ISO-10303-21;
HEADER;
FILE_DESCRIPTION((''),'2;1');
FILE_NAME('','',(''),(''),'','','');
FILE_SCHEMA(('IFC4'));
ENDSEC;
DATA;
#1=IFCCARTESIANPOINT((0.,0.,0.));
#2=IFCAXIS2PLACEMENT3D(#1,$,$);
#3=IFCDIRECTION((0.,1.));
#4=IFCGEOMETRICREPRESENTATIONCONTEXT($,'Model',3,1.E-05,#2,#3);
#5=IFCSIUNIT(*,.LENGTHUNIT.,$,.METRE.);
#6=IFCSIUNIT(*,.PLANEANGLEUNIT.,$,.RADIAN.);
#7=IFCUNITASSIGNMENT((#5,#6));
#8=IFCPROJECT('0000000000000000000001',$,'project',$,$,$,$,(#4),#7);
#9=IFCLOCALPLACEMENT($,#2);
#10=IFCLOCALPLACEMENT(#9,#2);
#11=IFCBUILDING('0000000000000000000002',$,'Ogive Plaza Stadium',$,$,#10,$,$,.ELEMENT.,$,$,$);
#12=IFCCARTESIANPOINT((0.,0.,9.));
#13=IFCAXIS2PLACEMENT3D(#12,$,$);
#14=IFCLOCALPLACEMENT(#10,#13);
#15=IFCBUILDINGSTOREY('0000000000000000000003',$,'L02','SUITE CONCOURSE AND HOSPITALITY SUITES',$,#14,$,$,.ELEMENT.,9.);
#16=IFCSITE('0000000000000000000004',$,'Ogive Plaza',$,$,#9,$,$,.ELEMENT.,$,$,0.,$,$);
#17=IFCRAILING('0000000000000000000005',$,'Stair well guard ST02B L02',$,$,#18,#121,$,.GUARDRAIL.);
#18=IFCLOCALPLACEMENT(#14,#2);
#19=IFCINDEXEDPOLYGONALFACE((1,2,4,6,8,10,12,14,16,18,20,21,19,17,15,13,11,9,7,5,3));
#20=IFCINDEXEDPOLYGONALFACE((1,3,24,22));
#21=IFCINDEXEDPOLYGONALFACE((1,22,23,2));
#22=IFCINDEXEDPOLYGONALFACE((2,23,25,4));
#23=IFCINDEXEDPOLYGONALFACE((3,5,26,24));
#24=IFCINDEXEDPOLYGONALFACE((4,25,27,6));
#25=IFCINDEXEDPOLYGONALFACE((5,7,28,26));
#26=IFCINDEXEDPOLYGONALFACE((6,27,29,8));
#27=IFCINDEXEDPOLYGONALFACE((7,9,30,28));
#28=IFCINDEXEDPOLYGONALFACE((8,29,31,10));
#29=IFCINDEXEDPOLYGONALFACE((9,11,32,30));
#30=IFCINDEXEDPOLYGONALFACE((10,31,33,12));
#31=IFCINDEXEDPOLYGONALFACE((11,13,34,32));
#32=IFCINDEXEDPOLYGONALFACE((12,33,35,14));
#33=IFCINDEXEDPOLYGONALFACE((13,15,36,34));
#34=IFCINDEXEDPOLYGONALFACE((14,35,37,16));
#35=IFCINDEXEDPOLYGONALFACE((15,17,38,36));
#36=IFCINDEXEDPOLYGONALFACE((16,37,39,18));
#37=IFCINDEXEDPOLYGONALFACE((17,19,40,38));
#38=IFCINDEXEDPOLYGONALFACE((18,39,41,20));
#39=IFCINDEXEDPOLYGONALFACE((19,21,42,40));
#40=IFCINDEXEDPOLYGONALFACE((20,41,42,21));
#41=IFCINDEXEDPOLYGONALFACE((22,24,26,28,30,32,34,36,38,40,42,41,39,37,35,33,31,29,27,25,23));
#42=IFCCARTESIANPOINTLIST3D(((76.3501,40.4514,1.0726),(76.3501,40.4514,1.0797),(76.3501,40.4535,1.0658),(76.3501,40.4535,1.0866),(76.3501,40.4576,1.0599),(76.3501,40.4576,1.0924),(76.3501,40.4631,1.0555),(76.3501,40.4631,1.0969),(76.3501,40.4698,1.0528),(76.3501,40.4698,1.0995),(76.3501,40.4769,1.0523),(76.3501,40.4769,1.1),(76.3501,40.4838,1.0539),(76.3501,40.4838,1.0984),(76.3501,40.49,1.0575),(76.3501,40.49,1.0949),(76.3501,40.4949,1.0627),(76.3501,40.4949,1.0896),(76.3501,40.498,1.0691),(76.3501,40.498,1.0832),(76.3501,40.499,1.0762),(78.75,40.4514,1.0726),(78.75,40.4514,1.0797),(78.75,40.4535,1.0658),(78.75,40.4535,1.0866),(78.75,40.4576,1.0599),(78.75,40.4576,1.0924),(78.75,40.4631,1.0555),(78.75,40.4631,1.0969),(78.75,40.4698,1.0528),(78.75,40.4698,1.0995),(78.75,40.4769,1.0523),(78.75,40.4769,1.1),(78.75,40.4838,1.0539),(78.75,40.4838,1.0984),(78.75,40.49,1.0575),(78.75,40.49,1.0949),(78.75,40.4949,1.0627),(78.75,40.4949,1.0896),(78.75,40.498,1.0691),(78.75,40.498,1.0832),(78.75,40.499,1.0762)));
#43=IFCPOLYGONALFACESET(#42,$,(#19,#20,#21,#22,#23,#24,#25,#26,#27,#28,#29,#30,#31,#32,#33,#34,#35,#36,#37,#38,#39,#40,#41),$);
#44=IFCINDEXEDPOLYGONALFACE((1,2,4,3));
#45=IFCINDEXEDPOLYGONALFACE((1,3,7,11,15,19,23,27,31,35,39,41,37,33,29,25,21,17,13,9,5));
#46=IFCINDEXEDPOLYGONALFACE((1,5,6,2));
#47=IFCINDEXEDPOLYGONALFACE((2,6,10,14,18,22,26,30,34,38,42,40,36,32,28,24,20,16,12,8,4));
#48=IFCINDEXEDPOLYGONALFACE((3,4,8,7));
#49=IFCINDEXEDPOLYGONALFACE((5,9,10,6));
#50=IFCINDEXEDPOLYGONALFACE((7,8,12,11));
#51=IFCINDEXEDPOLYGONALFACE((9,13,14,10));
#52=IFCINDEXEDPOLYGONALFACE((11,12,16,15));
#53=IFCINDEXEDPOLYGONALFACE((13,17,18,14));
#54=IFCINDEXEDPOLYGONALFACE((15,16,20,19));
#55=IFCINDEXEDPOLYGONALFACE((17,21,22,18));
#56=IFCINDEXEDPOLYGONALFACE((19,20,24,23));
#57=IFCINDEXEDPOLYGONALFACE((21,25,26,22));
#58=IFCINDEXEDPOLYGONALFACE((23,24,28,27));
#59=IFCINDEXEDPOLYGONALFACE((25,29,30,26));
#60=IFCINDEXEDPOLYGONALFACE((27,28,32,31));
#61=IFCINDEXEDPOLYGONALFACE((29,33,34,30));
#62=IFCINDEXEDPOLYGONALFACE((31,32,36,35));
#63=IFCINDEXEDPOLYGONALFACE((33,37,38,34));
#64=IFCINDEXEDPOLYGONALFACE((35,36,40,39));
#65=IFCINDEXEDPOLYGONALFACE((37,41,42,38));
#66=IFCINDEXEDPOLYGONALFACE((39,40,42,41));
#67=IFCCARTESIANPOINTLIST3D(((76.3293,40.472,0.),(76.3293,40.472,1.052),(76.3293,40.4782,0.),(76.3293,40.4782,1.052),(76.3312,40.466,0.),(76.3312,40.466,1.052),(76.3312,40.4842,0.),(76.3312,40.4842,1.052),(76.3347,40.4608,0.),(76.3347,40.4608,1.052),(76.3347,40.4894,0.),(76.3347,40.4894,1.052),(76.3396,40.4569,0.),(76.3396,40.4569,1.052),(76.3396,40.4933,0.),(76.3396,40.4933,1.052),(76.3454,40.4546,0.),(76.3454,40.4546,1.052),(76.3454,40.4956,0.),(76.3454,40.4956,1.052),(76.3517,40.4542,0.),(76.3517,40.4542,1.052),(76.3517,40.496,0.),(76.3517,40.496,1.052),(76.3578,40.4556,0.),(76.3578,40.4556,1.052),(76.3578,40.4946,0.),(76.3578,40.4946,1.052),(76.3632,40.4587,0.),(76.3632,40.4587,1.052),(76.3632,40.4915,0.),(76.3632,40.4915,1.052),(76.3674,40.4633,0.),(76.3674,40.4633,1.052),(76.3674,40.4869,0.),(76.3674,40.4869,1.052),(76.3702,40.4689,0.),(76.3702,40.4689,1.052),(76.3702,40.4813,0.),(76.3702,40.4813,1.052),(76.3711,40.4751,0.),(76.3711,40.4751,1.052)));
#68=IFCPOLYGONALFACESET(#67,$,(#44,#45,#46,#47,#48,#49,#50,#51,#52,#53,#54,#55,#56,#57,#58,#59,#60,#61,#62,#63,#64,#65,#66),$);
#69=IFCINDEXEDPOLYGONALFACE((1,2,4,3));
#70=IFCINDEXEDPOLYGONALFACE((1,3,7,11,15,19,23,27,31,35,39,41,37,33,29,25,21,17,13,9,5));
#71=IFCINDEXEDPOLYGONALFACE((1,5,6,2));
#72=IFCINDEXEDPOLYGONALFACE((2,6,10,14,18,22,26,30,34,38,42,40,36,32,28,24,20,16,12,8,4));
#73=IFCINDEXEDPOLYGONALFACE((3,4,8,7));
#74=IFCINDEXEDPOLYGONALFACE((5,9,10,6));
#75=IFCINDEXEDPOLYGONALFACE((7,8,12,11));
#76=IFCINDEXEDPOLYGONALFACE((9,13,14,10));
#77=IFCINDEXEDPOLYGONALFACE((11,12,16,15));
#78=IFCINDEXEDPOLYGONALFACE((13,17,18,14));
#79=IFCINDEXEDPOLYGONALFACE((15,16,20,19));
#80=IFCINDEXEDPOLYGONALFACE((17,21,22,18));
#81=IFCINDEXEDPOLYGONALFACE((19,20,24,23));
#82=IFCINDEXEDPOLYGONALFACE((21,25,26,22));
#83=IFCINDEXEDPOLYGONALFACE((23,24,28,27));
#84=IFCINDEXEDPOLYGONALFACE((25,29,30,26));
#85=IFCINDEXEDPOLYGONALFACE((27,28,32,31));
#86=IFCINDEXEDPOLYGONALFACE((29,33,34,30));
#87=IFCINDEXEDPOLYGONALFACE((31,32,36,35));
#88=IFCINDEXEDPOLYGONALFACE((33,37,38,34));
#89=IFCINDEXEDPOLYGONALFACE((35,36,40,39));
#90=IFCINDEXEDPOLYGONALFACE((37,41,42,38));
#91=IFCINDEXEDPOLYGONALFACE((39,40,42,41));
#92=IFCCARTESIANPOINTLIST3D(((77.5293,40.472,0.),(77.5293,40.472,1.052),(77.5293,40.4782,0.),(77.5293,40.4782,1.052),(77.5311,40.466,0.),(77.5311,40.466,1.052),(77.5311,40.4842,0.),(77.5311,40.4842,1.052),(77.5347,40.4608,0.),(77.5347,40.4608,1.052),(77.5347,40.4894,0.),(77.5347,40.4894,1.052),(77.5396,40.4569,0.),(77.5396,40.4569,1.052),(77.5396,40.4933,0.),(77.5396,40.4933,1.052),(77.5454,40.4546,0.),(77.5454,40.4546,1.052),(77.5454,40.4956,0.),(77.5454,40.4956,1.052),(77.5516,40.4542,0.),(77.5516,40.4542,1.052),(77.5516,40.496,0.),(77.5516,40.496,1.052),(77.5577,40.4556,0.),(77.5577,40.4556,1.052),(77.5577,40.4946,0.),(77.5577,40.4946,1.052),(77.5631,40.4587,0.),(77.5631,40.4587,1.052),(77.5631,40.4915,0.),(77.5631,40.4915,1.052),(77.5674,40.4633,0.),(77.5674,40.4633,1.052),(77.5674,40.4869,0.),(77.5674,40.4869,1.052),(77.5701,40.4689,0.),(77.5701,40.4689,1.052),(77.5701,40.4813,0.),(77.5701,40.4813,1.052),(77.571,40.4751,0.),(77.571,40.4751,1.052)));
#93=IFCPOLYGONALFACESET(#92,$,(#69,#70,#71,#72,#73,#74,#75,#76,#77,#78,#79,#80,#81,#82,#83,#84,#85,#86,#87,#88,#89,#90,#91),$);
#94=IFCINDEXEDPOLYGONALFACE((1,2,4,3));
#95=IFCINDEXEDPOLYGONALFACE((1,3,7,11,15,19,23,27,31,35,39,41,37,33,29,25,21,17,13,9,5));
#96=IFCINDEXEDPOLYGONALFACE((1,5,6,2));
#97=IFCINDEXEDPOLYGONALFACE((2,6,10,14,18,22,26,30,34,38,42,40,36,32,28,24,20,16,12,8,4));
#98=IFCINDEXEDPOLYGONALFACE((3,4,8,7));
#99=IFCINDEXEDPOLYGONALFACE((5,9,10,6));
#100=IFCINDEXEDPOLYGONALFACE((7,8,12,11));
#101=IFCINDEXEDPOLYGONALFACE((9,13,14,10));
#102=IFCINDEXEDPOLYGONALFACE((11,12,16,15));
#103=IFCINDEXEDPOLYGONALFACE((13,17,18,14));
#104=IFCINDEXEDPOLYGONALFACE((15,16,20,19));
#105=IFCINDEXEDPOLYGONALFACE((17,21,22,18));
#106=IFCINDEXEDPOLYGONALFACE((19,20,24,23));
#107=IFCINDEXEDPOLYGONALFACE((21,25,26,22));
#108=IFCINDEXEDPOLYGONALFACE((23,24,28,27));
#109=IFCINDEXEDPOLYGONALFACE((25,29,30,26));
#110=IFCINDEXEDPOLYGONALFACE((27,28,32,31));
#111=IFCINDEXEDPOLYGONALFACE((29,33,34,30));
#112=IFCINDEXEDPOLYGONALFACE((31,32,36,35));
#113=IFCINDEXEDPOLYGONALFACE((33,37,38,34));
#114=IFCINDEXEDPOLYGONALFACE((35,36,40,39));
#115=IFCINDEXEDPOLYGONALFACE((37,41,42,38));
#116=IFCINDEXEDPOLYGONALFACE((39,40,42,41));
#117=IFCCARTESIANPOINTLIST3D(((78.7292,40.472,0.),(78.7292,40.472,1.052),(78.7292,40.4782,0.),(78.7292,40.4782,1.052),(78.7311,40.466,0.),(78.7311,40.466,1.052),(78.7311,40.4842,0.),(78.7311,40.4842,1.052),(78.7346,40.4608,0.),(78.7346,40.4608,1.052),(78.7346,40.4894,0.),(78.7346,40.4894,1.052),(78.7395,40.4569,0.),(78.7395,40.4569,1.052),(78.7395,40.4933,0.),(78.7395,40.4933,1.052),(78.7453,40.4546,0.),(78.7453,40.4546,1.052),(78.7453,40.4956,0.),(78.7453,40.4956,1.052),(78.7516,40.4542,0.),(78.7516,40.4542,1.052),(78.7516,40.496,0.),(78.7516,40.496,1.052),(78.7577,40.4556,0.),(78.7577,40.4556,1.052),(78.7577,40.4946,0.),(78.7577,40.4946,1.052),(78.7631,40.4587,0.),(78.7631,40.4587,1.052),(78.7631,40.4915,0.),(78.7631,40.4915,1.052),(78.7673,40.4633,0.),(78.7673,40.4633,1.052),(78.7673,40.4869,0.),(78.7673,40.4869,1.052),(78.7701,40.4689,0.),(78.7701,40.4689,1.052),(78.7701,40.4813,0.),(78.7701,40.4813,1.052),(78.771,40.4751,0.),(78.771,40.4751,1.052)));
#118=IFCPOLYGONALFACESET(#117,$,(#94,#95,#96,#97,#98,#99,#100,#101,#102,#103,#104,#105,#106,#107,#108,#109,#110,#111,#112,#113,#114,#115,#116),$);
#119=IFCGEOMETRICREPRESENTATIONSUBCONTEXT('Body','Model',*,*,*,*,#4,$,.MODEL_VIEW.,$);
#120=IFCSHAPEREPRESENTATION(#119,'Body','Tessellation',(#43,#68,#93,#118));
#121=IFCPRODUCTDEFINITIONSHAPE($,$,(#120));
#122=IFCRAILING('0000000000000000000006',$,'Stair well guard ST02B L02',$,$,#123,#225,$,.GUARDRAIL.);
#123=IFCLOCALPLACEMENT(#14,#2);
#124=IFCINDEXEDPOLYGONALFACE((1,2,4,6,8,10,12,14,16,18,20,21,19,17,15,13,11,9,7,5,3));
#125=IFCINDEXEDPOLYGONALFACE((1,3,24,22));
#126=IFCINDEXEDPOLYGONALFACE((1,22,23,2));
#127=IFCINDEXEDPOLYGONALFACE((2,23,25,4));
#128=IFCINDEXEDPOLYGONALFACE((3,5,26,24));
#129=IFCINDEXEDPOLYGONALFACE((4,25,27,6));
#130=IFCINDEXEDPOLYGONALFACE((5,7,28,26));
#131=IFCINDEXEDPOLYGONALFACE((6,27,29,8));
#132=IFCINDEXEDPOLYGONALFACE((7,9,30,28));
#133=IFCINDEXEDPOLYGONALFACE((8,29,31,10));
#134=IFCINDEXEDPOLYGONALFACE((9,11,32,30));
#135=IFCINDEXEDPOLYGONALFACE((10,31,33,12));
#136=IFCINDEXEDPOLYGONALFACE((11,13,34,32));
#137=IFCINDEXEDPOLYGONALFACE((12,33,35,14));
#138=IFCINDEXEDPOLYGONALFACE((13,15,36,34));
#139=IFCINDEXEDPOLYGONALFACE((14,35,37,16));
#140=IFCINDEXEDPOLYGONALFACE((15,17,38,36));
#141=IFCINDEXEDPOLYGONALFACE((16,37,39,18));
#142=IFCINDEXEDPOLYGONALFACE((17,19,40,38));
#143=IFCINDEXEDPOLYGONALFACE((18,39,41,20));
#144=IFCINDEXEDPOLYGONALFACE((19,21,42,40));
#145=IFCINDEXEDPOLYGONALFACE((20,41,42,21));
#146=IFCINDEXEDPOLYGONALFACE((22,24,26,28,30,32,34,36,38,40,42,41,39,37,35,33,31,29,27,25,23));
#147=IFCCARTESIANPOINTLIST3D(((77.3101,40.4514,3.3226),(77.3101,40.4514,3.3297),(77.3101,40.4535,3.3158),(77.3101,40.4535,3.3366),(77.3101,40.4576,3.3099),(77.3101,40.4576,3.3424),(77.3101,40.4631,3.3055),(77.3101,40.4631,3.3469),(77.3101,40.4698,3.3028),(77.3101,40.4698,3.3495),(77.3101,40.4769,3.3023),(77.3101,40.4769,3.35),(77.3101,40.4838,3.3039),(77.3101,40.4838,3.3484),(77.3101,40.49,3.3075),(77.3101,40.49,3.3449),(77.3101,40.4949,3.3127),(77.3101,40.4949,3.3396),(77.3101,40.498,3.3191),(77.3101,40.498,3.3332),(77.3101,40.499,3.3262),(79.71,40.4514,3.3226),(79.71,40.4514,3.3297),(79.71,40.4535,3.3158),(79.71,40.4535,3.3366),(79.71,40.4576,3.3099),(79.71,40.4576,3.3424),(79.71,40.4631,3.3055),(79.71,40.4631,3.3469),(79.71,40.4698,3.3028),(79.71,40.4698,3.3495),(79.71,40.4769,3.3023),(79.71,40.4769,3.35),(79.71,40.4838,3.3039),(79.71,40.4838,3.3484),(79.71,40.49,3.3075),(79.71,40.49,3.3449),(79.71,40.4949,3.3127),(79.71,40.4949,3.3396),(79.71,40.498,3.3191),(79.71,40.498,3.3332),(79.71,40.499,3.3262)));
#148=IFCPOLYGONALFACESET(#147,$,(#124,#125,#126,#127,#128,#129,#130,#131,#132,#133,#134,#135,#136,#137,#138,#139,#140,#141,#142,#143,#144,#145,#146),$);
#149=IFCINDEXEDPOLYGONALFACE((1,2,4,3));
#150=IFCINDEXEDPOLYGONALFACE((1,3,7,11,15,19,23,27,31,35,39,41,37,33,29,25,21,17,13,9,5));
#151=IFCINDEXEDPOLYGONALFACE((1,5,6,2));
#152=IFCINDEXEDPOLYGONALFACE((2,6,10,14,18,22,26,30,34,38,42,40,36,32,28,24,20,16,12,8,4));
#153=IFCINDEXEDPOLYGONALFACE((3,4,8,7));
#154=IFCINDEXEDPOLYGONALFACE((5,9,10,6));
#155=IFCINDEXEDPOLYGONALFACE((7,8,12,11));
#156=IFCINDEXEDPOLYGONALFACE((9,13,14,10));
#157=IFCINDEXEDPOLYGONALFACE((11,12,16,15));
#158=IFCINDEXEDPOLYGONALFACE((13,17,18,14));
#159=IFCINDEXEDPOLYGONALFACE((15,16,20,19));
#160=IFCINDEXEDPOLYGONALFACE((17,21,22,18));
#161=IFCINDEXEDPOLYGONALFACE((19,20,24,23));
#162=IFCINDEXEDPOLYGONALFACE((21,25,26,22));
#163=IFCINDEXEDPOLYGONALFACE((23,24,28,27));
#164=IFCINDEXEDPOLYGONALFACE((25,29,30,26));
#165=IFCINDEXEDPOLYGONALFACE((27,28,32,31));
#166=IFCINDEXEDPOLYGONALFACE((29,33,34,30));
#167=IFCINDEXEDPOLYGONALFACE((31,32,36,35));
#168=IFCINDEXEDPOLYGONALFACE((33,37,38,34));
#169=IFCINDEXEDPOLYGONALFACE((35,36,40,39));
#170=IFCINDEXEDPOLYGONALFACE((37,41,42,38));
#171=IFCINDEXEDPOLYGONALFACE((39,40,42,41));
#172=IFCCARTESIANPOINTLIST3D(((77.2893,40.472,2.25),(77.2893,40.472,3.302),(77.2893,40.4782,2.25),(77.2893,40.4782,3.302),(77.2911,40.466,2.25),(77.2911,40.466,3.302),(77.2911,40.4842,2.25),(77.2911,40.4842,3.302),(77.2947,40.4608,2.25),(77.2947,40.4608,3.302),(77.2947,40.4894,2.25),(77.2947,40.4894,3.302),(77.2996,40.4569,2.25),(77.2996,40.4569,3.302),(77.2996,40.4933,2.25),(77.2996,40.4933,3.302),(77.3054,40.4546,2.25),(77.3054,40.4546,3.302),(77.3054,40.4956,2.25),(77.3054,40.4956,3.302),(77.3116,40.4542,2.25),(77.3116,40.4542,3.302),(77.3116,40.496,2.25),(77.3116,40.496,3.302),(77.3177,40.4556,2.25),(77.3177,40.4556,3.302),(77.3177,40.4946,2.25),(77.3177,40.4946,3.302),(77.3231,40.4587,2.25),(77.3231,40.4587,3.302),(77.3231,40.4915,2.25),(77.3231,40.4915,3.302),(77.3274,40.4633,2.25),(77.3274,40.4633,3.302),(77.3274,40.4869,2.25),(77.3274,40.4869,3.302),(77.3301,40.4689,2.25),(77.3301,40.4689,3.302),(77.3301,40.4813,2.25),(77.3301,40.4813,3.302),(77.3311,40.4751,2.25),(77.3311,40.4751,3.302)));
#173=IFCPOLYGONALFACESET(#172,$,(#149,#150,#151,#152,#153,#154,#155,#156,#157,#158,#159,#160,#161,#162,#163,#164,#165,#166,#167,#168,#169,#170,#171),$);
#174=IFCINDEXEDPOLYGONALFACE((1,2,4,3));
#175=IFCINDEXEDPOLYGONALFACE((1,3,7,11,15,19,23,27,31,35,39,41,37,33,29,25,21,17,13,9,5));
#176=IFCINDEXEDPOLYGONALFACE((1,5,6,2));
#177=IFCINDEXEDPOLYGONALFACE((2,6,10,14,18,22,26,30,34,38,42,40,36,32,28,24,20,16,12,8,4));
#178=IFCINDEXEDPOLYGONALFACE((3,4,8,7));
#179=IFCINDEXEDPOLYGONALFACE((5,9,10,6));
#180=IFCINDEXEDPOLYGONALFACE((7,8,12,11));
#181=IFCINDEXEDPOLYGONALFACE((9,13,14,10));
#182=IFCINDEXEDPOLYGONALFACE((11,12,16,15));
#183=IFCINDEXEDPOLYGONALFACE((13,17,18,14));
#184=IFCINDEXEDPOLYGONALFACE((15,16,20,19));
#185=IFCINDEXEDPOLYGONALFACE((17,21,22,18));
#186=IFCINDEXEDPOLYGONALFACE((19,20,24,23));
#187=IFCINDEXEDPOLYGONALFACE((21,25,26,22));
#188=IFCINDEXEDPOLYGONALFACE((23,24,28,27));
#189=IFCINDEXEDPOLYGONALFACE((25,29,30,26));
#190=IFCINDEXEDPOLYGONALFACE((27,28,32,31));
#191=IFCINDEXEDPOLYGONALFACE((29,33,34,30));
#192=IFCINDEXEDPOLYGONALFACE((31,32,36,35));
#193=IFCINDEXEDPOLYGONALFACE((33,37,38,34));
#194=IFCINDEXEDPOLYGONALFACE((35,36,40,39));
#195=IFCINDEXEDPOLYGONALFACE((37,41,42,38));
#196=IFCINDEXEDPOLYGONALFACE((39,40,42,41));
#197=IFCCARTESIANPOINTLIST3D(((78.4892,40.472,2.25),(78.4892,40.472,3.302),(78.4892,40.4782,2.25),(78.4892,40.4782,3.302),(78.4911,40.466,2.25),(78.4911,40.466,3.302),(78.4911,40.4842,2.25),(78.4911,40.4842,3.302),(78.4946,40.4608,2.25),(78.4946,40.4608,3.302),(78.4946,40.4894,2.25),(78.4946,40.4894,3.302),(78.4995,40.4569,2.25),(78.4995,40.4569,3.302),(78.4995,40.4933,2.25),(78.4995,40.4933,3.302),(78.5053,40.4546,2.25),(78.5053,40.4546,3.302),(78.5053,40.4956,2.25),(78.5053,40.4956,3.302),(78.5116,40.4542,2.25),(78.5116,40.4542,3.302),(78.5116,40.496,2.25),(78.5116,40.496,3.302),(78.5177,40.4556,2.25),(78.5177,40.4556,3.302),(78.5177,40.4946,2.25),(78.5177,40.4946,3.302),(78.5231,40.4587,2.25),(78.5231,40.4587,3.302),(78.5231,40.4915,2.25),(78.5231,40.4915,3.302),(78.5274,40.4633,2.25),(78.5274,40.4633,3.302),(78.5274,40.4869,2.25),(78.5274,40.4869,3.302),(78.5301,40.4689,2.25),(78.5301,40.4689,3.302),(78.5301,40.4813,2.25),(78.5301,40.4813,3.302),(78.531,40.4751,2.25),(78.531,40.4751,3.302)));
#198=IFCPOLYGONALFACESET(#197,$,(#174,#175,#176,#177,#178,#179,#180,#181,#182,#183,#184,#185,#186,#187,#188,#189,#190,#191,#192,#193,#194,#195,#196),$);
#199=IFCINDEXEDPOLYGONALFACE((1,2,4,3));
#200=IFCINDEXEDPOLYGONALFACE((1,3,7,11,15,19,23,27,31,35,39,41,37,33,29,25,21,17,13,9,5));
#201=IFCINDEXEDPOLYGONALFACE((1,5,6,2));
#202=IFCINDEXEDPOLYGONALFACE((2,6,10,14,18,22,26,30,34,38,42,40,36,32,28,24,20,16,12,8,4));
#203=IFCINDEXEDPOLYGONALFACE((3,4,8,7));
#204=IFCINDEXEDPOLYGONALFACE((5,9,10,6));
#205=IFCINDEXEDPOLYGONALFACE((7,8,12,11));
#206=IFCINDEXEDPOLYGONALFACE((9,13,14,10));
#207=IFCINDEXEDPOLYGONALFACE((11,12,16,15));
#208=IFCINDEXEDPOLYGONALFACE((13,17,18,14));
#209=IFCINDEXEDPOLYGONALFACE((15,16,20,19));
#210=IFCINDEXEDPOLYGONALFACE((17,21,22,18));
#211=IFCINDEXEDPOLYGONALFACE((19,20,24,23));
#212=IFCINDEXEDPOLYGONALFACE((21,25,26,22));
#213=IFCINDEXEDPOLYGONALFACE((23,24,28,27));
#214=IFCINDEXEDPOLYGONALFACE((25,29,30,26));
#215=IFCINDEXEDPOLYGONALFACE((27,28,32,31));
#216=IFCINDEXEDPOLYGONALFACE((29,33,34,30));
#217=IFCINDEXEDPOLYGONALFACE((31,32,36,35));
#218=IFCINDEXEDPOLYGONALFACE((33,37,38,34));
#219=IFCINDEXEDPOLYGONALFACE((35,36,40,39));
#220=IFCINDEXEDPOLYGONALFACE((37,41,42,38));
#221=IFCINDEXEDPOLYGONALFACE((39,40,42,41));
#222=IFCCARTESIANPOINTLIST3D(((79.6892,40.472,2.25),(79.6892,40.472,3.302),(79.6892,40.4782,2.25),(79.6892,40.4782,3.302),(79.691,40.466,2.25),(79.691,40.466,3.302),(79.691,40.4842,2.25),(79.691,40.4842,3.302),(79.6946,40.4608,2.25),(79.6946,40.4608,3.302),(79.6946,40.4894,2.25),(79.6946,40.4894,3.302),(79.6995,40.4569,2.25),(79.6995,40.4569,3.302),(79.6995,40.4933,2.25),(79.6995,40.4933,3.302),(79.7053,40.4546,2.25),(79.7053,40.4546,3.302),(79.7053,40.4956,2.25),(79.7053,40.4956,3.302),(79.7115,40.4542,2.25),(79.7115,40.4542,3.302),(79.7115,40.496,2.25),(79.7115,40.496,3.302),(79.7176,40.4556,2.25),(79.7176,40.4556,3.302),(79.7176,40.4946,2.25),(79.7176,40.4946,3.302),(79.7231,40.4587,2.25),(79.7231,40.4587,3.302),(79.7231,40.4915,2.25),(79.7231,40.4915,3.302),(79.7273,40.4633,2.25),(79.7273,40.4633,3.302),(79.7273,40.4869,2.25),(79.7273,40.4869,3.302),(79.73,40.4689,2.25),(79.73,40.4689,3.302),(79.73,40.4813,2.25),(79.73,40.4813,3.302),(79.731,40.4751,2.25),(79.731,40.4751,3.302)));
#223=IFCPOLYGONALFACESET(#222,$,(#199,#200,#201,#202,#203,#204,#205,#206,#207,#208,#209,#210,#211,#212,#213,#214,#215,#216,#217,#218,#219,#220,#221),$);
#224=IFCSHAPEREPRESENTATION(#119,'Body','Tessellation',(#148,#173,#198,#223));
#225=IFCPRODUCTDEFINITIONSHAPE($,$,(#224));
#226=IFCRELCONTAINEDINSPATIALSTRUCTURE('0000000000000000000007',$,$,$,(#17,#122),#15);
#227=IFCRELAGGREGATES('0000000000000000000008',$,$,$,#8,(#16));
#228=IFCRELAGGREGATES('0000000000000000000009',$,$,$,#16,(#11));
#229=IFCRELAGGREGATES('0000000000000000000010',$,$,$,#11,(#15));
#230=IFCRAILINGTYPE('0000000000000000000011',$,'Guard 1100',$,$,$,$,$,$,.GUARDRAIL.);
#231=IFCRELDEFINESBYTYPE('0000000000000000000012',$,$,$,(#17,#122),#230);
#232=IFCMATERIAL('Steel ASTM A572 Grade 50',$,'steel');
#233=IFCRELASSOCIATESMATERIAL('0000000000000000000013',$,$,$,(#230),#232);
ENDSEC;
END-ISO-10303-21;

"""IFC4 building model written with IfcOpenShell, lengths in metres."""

from ifc_helpers import new_model, si_unit, direction, frame, origin, origin_2d, place, context, subcontext, project, spatial, circle, extrude, material, type_object, element, save


model = new_model("IFC4")

# Units and contexts
model_context = context("Model", 3, precision=1e-05, world=origin(), true_north=direction((0.0, 1.0)))
body_context = subcontext(model_context, "Body", "Model", "MODEL_VIEW")
ifc_project = project(units=[si_unit("LENGTHUNIT", "METRE"), si_unit("PLANEANGLEUNIT", "RADIAN")], contexts=[model_context])

# Site, building, storey
site_placement = place(None, origin())
site = spatial("IfcSite", under=ifc_project, at=site_placement, Name="Ogive Plaza", CompositionType="ELEMENT", RefElevation=0.0)
building_placement = place(site_placement, origin())
building = spatial("IfcBuilding", under=site, at=building_placement, Name="Ogive Plaza Stadium", CompositionType="ELEMENT")
storey_placement = place(building_placement, frame((0.0, 0.0, 9.0)))
storey = spatial("IfcBuildingStorey", under=building, at=storey_placement, Name="L02", Description="SUITE CONCOURSE AND HOSPITALITY SUITES", CompositionType="ELEMENT", Elevation=9.0)

# Railings
ifc_material_1 = material(Name="Steel ASTM A572 Grade 50", Category="steel")
railing_type_1 = type_object("IfcRailingType", Name="Guard 1100", PredefinedType="GUARDRAIL", material=ifc_material_1)
for number, where, name in (
    (1, (76.3501, 40.4751, 0.0), "Stair well guard ST02B L02"),
    (2, (77.3101, 40.4751, 2.25), "Stair well guard ST02B L02"),
):
    element("IfcRailing", number, at=place(storey_placement, frame(where)), inside=storey, type_object=railing_type_1, Name=name, PredefinedType="GUARDRAIL", context=body_context, shape_type="SweptSolid", body=[
        extrude(circle(Radius=0.0239, at=origin_2d()), frame((0.0, 0.0, 1.0762), z_axis=(1.0, 0.0, 0.0), x_axis=(0.0, 1.0, 0.0)), (0.0, 0.0, 1.0), 2.3999),
        extrude(circle(Radius=0.021, at=origin_2d()), origin(), (0.0, 0.0, 1.0), 1.052),
        extrude(circle(Radius=0.021, at=origin_2d()), frame((1.2, 0.0, 0.0)), (0.0, 0.0, 1.0), 1.052),
        extrude(circle(Radius=0.021, at=origin_2d()), frame((2.3999, 0.0, 0.0)), (0.0, 0.0, 1.0), 1.052),
    ])

save(model, "model.ifc")
